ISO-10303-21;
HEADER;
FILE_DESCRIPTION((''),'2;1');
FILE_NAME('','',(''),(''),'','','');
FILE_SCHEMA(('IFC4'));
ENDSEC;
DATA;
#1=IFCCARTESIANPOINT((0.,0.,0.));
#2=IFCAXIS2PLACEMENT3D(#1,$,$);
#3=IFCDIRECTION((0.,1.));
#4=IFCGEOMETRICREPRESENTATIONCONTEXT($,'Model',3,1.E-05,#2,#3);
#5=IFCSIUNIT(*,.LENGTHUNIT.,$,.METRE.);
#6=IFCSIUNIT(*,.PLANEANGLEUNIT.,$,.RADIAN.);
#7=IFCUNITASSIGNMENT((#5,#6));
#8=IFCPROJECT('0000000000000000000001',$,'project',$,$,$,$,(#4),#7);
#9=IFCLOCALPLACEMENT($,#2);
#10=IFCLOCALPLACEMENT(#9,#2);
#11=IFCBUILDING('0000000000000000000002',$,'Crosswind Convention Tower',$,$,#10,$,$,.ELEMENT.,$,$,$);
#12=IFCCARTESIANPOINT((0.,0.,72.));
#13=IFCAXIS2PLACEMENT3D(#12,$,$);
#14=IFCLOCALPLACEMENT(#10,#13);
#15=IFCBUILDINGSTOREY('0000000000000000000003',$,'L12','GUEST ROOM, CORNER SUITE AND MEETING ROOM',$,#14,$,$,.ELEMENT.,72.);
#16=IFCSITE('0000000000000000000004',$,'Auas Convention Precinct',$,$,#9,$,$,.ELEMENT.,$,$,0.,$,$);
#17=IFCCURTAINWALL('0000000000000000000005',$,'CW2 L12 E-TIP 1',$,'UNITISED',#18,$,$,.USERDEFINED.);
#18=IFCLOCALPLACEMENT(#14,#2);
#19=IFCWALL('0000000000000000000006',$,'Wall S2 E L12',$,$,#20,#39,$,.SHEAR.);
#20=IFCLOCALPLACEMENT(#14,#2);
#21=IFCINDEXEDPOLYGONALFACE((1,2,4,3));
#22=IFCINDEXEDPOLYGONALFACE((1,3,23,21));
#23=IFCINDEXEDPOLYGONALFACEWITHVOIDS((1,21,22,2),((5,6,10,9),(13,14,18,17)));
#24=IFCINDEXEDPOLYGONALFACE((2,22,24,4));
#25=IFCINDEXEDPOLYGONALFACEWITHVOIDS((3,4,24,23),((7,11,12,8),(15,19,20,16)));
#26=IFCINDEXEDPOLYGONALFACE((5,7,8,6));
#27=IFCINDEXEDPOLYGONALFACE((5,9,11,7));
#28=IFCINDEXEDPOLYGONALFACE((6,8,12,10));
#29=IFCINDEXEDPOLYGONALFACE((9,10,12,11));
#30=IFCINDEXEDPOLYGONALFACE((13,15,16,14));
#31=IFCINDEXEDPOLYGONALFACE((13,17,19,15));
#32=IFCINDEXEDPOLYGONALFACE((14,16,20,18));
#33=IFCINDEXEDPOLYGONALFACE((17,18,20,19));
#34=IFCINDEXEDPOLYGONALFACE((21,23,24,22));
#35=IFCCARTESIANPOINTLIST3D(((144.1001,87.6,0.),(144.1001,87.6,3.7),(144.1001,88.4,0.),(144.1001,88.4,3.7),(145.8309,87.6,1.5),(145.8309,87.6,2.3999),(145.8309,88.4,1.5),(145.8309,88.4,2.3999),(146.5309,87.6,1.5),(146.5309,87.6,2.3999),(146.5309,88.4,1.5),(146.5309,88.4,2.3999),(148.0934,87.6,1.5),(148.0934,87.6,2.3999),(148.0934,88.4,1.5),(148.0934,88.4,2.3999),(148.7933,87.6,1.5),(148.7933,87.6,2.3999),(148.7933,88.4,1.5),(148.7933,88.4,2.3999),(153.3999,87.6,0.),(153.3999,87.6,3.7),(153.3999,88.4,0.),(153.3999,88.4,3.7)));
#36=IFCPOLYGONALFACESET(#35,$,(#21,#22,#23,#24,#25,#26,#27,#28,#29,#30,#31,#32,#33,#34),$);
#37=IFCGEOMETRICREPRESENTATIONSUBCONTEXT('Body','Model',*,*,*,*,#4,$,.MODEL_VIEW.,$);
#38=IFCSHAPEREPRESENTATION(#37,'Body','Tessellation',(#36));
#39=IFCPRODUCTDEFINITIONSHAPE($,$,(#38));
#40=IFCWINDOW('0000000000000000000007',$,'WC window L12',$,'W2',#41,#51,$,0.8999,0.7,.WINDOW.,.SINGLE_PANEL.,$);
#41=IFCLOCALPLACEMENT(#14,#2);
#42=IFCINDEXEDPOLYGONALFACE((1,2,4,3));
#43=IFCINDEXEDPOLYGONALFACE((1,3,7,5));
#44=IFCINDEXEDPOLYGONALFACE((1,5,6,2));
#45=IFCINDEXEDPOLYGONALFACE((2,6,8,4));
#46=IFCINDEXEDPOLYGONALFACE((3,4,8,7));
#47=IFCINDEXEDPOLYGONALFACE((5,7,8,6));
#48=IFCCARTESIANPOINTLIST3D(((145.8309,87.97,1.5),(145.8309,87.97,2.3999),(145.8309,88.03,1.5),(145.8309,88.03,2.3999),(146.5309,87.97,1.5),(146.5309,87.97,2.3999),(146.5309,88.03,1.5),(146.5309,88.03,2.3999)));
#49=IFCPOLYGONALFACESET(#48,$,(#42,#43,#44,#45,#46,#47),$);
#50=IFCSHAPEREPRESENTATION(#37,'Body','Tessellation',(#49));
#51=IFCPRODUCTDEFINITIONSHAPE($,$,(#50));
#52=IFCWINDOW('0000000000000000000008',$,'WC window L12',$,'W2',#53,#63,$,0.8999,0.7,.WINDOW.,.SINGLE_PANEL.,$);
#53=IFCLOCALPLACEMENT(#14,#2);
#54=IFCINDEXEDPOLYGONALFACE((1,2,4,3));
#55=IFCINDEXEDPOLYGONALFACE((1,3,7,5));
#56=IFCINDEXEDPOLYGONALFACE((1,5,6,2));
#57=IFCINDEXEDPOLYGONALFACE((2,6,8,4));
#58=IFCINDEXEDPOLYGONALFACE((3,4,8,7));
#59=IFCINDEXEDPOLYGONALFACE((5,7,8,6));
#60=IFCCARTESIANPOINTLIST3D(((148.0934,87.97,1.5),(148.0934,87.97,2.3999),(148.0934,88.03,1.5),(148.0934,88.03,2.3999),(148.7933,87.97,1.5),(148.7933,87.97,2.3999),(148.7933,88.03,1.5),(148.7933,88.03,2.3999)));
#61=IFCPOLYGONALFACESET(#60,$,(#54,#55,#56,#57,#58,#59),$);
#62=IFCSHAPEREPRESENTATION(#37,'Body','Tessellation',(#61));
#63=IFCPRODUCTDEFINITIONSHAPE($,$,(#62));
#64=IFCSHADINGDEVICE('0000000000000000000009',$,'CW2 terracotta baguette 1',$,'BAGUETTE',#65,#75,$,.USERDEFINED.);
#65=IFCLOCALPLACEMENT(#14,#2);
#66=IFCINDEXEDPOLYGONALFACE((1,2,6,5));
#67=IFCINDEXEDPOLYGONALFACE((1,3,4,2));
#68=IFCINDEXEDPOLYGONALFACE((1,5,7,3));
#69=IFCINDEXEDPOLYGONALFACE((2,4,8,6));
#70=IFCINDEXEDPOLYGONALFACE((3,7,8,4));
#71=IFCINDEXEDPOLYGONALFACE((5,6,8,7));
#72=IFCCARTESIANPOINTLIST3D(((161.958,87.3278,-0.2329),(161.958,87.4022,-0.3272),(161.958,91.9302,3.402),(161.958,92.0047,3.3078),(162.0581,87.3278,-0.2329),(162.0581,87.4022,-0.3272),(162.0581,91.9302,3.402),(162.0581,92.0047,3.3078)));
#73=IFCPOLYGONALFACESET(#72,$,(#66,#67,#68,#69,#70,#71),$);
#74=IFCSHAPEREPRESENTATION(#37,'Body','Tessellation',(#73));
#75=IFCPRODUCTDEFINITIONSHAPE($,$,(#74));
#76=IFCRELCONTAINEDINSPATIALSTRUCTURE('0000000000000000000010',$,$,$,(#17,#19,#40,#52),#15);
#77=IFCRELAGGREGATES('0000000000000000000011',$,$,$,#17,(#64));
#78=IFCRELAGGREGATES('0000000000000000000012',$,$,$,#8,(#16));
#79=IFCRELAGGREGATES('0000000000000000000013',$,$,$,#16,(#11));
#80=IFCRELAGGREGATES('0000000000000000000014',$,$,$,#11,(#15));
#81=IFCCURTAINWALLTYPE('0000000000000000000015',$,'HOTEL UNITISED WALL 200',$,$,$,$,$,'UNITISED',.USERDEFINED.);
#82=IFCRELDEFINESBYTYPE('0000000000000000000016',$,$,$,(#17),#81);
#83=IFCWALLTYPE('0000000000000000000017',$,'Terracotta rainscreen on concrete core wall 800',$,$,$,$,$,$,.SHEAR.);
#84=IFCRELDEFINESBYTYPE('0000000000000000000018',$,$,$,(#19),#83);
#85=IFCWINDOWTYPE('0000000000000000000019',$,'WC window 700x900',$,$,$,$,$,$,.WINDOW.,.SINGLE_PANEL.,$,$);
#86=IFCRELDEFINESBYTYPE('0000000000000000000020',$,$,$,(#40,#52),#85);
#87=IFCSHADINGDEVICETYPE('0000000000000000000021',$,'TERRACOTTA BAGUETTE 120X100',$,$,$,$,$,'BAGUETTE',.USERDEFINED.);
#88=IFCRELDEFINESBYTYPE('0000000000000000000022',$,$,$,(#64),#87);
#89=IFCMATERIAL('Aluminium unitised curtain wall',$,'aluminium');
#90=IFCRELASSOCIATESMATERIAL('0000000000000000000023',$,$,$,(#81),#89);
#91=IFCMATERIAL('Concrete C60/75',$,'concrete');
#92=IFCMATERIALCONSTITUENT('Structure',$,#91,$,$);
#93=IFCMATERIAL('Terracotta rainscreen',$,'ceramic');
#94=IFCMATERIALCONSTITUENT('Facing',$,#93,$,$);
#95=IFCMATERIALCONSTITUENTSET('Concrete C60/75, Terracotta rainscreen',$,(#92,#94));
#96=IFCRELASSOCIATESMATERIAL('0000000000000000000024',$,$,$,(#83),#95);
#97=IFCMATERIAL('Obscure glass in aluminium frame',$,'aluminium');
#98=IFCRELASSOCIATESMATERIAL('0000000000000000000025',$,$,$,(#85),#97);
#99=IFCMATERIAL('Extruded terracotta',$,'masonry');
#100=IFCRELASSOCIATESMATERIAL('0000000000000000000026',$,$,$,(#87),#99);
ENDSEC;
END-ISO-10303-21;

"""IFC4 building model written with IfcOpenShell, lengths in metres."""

from ifc_helpers import new_model, si_unit, direction, frame, frame_2d, origin, origin_2d, place, context, subcontext, project, spatial, rectangle, extrude, material, constituent, constituent_set, material_profile, profile_set, type_object, element, fill, aggregate, save


model = new_model("IFC4")

# Units and contexts
model_context = context("Model", 3, precision=1e-05, world=origin(), true_north=direction((0.0, 1.0)))
body_context = subcontext(model_context, "Body", "Model", "MODEL_VIEW")
ifc_project = project(units=[si_unit("LENGTHUNIT", "METRE"), si_unit("PLANEANGLEUNIT", "RADIAN")], contexts=[model_context])

# Site, building, storey
site_placement = place(None, origin())
site = spatial("IfcSite", under=ifc_project, at=site_placement, Name="Auas Convention Precinct", CompositionType="ELEMENT", RefElevation=0.0)
building_placement = place(site_placement, origin())
building = spatial("IfcBuilding", under=site, at=building_placement, Name="Crosswind Convention Tower", CompositionType="ELEMENT")
storey_placement = place(building_placement, frame((0.0, 0.0, 72.0)))
storey = spatial("IfcBuildingStorey", under=building, at=storey_placement, Name="L12", Description="GUEST ROOM, CORNER SUITE AND MEETING ROOM", CompositionType="ELEMENT", Elevation=72.0)

# Shared definitions
ifc_material_1 = material(Name="Concrete C60/75", Category="concrete")

# Shared definitions
ifc_material_2 = material(Name="Aluminium unitised curtain wall", Category="aluminium")

# Curtain wall
curtain_wall_type_1 = type_object("IfcCurtainWallType", Name="HOTEL UNITISED WALL 200", ElementType="UNITISED", PredefinedType="USERDEFINED", material=ifc_material_2)
curtain_wall_1_placement = place(storey_placement, origin())
curtain_wall_1 = element("IfcCurtainWall", 1, at=curtain_wall_1_placement, inside=storey, type_object=curtain_wall_type_1, Name="CW2 L12 E-TIP 1", ObjectType="UNITISED", PredefinedType="USERDEFINED")

# Wall, openings, windows
ifc_constituent_1 = constituent(ifc_material_1, Name="Structure")
ifc_material_3 = material(Name="Terracotta rainscreen", Category="ceramic")
ifc_constituent_2 = constituent(ifc_material_3, Name="Facing")
ifc_constituent_set = constituent_set(constituents=[ifc_constituent_1, ifc_constituent_2], Name="Concrete C60/75, Terracotta rainscreen")
wall_type_1 = type_object("IfcWallType", Name="Terracotta rainscreen on concrete core wall 800", PredefinedType="SHEAR", material=ifc_constituent_set)
wall_1_placement = place(storey_placement, frame((144.1001, 88.0, 0.0), z_axis=(0.0, 0.0, 1.0), x_axis=(1.0, 0.0, 0.0)))
wall_1 = element("IfcWall", 2, at=wall_1_placement, inside=storey, type_object=wall_type_1, Name="Wall S2 E L12", PredefinedType="SHEAR", context=body_context, shape_type="SweptSolid", body=[
    extrude(rectangle(XDim=9.2998, YDim=0.8, at=frame_2d((4.6499, 0.0))), origin(), (0.0, 0.0, 1.0), 3.7),
])
opening_1_placement = place(wall_1_placement, frame((1.7307, 0.0, 1.5)))
opening_1 = element("IfcOpeningElement", 3, at=opening_1_placement, cuts=wall_1, PredefinedType="OPENING", context=body_context, shape_type="SweptSolid", body=[
    extrude(rectangle(XDim=0.7, YDim=0.8999, at=frame_2d((0.3501, 0.45))), frame((0.0, 0.4099, 0.0), z_axis=(0.0, -1.0, 0.0), x_axis=(1.0, 0.0, 0.0)), (0.0, 0.0, 1.0), 0.8201),
])
opening_2_placement = place(wall_1_placement, frame((3.9932, 0.0, 1.5)))
opening_2 = element("IfcOpeningElement", 4, at=opening_2_placement, cuts=wall_1, PredefinedType="OPENING", context=body_context, shape_type="SweptSolid", body=[
    extrude(rectangle(XDim=0.7, YDim=0.8999, at=frame_2d((0.3501, 0.45))), frame((0.0, 0.4099, 0.0), z_axis=(0.0, -1.0, 0.0), x_axis=(1.0, 0.0, 0.0)), (0.0, 0.0, 1.0), 0.8201),
])
ifc_material_4 = material(Name="Obscure glass in aluminium frame", Category="aluminium")
window_type = type_object("IfcWindowType", Name="WC window 700x900", PartitioningType="SINGLE_PANEL", PredefinedType="WINDOW", material=ifc_material_4)
window_1_placement = place(opening_1_placement, origin())
window_1 = element("IfcWindow", 5, at=window_1_placement, inside=storey, type_object=window_type, Name="WC window L12", ObjectType="W2", OverallHeight=0.8999, OverallWidth=0.7, PartitioningType="SINGLE_PANEL", PredefinedType="WINDOW", context=body_context, shape_type="SweptSolid", body=[
    extrude(rectangle(XDim=0.7, YDim=0.8999, at=frame_2d((0.3501, 0.45))), frame((0.0, 0.03, 0.0), z_axis=(0.0, -1.0, 0.0), x_axis=(1.0, 0.0, 0.0)), (0.0, 0.0, 1.0), 0.0601),
])
fill(opening_1, window_1)
window_2_placement = place(opening_2_placement, origin())
window_2 = element("IfcWindow", 6, at=window_2_placement, inside=storey, type_object=window_type, Name="WC window L12", ObjectType="W2", OverallHeight=0.8999, OverallWidth=0.7, PartitioningType="SINGLE_PANEL", PredefinedType="WINDOW", context=body_context, shape_type="SweptSolid", body=[
    extrude(rectangle(XDim=0.7, YDim=0.8999, at=frame_2d((0.3501, 0.45))), frame((0.0, 0.03, 0.0), z_axis=(0.0, -1.0, 0.0), x_axis=(1.0, 0.0, 0.0)), (0.0, 0.0, 1.0), 0.0601),
])
fill(opening_2, window_2)

# Shading device
ifc_material_5 = material(Name="Extruded terracotta", Category="masonry")
ifc_material_profile_1 = material_profile(ifc_material_5, rectangle(XDim=0.1001, YDim=0.1201, at=origin_2d()), Name="TC 100X120")
ifc_profile_set_1 = profile_set([ifc_material_profile_1], Name="Extruded terracotta")
shading_device_type = type_object("IfcShadingDeviceType", Name="TERRACOTTA BAGUETTE 120X100", ElementType="BAGUETTE", PredefinedType="USERDEFINED", material=ifc_profile_set_1)
shading_device_placement = place(storey_placement, frame((162.0081, 87.365, -0.28), z_axis=(0.0, 0.784764, 0.619794), x_axis=(-1.0, 0.0, 0.0)))
shading_device = element("IfcShadingDevice", 7, at=shading_device_placement, type_object=shading_device_type, Name="CW2 terracotta baguette 1", ObjectType="BAGUETTE", PredefinedType="USERDEFINED", context=body_context, shape_type="SweptSolid", body=[
    extrude(rectangle(XDim=0.1001, YDim=0.1201, at=origin_2d()), origin(), (0.0, 0.0, 1.0), 5.8647),
])
aggregate(curtain_wall_1, [shading_device])

save(model, "model.ifc")
